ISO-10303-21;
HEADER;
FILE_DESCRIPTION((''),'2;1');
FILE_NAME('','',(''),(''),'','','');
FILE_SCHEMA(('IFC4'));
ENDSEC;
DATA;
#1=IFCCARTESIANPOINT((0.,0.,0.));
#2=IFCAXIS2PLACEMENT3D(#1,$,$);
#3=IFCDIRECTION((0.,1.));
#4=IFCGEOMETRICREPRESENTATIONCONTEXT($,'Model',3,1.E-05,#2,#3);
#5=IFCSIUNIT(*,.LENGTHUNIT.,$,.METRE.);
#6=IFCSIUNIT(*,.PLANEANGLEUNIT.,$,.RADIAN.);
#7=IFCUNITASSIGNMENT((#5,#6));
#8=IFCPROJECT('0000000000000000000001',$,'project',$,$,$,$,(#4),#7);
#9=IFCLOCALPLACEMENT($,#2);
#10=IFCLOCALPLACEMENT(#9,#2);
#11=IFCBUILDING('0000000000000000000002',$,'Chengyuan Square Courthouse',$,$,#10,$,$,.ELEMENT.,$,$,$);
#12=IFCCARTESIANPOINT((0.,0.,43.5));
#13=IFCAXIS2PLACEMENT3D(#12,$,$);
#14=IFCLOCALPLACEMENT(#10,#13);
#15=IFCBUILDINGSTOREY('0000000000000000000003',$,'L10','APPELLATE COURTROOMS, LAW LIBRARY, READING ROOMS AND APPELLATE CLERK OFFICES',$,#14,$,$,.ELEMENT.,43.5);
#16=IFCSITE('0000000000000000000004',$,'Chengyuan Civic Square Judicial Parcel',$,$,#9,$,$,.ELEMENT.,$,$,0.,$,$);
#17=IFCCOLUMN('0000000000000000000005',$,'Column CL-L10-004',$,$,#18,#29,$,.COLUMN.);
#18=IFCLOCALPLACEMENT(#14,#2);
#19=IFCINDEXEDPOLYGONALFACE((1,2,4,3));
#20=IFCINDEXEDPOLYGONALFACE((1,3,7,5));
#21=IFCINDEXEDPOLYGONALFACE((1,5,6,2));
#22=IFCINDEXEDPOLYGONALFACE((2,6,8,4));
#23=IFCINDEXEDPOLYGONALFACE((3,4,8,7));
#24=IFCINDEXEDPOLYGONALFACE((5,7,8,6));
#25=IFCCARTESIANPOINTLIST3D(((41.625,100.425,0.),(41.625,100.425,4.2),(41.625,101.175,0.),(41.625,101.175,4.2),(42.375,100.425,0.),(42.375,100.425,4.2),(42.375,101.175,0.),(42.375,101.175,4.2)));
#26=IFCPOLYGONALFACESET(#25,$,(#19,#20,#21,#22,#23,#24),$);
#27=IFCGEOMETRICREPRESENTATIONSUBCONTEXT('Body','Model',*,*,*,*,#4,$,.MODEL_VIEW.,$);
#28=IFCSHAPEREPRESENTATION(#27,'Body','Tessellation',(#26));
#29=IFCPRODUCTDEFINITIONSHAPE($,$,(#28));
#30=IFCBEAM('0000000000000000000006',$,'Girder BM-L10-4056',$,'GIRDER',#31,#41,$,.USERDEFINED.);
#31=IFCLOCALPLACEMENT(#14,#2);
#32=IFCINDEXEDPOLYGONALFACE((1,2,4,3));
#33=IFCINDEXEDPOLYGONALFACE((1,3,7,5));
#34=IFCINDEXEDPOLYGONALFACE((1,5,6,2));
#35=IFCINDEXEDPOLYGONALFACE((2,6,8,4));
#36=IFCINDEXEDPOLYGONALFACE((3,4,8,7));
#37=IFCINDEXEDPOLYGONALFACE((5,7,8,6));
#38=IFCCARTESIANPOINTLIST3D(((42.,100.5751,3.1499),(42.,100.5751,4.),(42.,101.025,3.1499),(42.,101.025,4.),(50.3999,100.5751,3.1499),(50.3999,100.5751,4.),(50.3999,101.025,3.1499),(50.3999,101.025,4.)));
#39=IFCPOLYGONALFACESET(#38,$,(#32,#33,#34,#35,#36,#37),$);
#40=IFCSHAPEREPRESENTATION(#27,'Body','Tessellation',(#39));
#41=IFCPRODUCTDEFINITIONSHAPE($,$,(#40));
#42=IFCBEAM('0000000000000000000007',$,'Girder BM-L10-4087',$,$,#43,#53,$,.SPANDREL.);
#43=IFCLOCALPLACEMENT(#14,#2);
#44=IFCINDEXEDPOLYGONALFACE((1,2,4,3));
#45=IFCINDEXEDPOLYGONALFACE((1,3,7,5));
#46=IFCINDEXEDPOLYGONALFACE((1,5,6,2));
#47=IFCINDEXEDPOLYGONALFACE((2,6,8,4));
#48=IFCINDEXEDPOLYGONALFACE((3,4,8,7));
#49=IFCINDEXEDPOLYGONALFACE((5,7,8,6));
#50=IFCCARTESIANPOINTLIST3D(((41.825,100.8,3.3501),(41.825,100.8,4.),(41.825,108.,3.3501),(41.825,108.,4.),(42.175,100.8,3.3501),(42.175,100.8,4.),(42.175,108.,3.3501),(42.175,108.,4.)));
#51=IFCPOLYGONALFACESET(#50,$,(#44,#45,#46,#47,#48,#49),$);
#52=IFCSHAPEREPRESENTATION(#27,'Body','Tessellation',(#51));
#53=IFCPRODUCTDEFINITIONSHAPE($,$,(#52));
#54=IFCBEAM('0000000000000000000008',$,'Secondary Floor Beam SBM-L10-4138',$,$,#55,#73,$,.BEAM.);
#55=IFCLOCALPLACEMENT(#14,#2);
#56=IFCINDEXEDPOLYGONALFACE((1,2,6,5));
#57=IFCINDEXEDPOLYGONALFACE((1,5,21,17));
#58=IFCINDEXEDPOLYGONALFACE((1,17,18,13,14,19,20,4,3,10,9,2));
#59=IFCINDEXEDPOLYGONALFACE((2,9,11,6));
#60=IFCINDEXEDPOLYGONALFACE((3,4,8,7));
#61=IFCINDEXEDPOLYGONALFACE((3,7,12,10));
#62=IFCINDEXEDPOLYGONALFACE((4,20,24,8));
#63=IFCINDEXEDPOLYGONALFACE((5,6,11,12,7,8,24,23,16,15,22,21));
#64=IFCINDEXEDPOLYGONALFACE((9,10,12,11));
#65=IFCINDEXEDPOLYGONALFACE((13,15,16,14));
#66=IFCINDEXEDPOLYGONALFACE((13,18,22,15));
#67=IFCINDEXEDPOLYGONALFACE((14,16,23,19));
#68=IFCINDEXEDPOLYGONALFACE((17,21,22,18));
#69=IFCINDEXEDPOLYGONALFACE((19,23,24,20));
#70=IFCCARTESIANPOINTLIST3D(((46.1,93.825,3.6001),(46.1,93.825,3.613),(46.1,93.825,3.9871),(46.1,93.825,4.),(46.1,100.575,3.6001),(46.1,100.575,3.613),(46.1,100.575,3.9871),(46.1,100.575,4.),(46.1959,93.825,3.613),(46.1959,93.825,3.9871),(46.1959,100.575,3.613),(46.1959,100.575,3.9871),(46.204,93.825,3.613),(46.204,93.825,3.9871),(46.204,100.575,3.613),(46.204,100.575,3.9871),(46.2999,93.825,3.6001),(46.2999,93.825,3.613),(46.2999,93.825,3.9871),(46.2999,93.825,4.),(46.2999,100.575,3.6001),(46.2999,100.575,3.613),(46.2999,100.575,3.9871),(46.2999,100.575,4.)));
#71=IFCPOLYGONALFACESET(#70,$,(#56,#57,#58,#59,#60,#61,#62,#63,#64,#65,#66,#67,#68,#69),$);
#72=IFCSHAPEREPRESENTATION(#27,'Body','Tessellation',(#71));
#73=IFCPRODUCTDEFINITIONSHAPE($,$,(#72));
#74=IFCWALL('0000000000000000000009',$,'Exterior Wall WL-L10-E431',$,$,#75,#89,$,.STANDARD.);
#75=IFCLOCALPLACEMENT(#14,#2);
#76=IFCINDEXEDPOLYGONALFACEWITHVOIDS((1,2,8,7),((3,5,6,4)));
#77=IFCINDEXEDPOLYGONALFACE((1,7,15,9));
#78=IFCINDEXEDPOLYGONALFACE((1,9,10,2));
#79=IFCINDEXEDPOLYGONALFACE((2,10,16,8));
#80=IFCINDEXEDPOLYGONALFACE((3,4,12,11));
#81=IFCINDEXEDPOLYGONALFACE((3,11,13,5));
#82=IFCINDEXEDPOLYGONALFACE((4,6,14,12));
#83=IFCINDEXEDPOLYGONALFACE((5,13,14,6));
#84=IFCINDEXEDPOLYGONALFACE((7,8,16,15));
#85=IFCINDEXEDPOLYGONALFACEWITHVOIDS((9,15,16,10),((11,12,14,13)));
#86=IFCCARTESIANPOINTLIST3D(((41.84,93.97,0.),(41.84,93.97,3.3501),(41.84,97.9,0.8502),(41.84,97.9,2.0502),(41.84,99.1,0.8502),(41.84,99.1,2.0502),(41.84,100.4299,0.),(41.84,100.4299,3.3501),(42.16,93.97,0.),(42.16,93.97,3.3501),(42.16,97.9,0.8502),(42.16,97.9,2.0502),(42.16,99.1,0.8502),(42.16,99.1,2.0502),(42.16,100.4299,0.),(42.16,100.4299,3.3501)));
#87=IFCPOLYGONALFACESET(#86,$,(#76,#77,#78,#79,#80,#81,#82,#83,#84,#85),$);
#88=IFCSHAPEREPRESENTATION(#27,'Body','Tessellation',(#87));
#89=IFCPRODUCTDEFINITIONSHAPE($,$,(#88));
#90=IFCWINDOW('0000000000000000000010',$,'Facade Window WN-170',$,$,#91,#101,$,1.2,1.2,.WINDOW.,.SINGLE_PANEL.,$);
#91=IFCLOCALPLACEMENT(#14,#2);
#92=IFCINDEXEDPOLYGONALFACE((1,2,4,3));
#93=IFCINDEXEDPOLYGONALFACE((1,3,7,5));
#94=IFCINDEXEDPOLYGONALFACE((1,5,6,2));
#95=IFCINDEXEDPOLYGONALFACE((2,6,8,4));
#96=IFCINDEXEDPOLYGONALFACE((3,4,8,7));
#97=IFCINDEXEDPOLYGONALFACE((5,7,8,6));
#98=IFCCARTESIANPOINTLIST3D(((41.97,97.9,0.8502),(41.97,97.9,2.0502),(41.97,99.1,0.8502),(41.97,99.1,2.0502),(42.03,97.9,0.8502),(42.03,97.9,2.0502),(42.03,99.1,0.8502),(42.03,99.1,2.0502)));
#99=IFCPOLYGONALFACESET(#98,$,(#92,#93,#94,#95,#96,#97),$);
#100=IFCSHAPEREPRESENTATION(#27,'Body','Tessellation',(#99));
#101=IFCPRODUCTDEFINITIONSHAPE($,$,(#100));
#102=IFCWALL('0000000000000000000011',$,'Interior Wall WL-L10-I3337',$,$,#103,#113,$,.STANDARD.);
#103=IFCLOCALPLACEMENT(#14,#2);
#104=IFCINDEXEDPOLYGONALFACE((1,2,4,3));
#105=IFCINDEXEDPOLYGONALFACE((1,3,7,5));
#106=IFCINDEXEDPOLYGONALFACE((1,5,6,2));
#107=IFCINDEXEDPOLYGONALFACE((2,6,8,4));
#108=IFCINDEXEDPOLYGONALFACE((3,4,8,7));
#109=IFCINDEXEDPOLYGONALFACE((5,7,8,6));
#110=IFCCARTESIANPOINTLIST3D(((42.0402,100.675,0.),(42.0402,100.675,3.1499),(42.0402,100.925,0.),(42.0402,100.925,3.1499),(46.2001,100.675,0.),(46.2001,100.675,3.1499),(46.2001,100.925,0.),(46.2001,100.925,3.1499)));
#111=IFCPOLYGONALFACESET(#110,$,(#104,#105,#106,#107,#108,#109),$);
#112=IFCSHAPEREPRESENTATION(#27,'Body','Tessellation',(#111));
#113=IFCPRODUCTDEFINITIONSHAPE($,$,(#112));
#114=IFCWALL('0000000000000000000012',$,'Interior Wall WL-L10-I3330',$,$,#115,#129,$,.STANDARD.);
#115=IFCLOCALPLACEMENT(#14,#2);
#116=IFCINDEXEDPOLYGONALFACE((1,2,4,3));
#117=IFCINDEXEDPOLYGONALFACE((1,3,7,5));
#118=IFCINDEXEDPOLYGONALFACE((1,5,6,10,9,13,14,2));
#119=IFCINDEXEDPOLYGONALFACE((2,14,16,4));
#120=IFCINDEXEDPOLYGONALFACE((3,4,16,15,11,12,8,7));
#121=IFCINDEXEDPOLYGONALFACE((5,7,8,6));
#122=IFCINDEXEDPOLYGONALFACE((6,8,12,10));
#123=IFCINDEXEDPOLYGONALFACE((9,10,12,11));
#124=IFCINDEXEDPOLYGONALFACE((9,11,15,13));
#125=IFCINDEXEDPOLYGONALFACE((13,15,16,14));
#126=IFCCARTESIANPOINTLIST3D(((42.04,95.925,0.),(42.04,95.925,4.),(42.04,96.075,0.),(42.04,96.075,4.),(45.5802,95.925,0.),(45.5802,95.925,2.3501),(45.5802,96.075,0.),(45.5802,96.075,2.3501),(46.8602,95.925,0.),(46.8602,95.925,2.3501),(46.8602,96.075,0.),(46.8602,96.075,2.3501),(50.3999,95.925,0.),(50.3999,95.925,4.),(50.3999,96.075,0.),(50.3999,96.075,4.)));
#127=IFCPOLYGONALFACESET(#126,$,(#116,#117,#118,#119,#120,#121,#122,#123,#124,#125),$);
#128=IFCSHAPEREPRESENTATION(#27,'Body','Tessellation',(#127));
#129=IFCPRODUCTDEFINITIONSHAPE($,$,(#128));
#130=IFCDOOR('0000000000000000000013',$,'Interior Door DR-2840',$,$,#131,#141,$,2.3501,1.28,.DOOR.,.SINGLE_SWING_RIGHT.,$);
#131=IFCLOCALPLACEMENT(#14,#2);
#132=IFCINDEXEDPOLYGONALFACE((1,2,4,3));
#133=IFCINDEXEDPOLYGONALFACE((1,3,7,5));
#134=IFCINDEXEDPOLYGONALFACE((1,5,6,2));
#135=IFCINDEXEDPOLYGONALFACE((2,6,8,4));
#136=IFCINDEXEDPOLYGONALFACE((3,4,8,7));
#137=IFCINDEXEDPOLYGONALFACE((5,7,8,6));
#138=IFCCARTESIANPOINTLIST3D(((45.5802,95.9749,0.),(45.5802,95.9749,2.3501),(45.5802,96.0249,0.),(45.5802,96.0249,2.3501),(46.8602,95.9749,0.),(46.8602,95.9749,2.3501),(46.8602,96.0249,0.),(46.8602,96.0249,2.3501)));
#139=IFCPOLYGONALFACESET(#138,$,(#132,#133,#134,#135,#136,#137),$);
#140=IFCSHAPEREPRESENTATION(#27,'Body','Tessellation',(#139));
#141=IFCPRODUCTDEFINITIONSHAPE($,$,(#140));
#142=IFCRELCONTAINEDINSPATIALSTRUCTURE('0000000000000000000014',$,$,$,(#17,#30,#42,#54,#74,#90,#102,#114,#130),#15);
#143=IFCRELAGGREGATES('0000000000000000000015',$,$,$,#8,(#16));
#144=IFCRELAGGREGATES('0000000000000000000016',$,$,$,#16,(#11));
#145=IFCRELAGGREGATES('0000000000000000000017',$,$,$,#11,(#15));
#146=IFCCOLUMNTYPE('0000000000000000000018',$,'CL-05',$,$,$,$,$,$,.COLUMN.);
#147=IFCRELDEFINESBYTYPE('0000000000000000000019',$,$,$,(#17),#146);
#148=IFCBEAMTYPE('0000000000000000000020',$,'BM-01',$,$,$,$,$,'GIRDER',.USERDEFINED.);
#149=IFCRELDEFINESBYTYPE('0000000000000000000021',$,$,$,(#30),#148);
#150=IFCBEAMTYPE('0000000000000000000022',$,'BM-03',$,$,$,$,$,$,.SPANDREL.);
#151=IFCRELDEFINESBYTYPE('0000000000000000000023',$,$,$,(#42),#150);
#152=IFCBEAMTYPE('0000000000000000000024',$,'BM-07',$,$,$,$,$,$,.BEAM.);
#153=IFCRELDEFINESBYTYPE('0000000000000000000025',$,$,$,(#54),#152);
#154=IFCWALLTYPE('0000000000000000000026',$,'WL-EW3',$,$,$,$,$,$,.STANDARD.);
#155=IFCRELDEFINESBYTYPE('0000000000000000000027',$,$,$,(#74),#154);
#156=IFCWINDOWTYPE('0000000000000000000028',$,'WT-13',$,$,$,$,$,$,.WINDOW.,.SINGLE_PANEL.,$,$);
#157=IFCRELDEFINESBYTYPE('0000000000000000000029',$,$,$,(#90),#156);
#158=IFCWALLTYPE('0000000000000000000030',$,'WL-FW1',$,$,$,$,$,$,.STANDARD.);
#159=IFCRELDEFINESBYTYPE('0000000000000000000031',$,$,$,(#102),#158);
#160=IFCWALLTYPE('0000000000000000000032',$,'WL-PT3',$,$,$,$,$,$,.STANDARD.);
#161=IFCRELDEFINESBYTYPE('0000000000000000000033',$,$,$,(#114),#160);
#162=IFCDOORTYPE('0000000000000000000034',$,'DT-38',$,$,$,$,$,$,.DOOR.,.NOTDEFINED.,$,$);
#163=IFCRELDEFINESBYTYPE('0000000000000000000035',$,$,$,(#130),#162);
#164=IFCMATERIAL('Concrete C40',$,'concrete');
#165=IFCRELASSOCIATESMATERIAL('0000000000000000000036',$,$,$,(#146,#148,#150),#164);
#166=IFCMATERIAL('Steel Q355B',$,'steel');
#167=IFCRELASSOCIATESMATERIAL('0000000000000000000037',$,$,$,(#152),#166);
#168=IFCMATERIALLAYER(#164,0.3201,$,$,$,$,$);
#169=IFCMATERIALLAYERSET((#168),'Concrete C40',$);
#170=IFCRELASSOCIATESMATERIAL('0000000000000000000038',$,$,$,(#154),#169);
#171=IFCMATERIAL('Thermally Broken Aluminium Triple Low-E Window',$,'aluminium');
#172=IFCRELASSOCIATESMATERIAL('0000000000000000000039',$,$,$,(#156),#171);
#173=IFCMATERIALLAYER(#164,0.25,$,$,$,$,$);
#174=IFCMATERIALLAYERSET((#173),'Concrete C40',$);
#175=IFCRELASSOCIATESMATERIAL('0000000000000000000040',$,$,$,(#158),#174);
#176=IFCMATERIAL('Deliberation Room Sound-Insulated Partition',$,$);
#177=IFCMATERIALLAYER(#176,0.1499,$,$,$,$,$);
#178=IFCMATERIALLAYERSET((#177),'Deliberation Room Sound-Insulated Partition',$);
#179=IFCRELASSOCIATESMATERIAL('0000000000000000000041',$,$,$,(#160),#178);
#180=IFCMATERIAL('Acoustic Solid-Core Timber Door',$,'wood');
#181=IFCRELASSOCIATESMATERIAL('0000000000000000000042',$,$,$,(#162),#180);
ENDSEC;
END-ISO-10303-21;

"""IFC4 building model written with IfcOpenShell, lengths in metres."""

from ifc_helpers import new_model, si_unit, direction, frame, frame_2d, origin, origin_2d, place, context, subcontext, project, spatial, rectangle, i_section, extrude, material, layer, layer_set, material_profile, profile_set, type_object, element, fill, save


model = new_model("IFC4")

# Units and contexts
model_context = context("Model", 3, precision=1e-05, world=origin(), true_north=direction((0.0, 1.0)))
body_context = subcontext(model_context, "Body", "Model", "MODEL_VIEW")
ifc_project = project(units=[si_unit("LENGTHUNIT", "METRE"), si_unit("PLANEANGLEUNIT", "RADIAN")], contexts=[model_context])

# Site, building, storey
site_placement = place(None, origin())
site = spatial("IfcSite", under=ifc_project, at=site_placement, Name="Chengyuan Civic Square Judicial Parcel", CompositionType="ELEMENT", RefElevation=0.0)
building_placement = place(site_placement, origin())
building = spatial("IfcBuilding", under=site, at=building_placement, Name="Chengyuan Square Courthouse", CompositionType="ELEMENT")
storey_placement = place(building_placement, frame((0.0, 0.0, 43.5)))
storey = spatial("IfcBuildingStorey", under=building, at=storey_placement, Name="L10", Description="APPELLATE COURTROOMS, LAW LIBRARY, READING ROOMS AND APPELLATE CLERK OFFICES", CompositionType="ELEMENT", Elevation=43.5)

# Column
ifc_material_1 = material(Name="Concrete C40", Category="concrete")
ifc_material_profile_1 = material_profile(ifc_material_1, rectangle(XDim=0.75, YDim=0.75, at=origin_2d()), Name="RC-COL-750x750")
ifc_profile_set_1 = profile_set([ifc_material_profile_1], Name="Concrete C40")
column_type = type_object("IfcColumnType", Name="CL-05", PredefinedType="COLUMN", material=ifc_profile_set_1)
column_placement = place(storey_placement, frame((42.0, 100.8, 0.0), z_axis=(0.0, 0.0, 1.0), x_axis=(1.0, 0.0, 0.0)))
element("IfcColumn", 1, at=column_placement, inside=storey, type_object=column_type, Name="Column CL-L10-004", PredefinedType="COLUMN", context=body_context, shape_type="SweptSolid", body=[
    extrude(rectangle(XDim=0.75, YDim=0.75, at=origin_2d()), origin(), (0.0, 0.0, 1.0), 4.2),
])

# Beams
ifc_material_profile_2 = material_profile(ifc_material_1, rectangle(XDim=0.45, YDim=0.8501, at=origin_2d()), Name="RC-BM-450x850")
ifc_profile_set_2 = profile_set([ifc_material_profile_2], Name="Concrete C40")
beam_type_1 = type_object("IfcBeamType", Name="BM-01", ElementType="GIRDER", PredefinedType="USERDEFINED", material=ifc_profile_set_2)
beam_1_placement = place(storey_placement, frame((42.0, 100.8, 3.575), z_axis=(1.0, 0.0, 0.0), x_axis=(0.0, 1.0, 0.0)))
element("IfcBeam", 2, at=beam_1_placement, inside=storey, type_object=beam_type_1, Name="Girder BM-L10-4056", ObjectType="GIRDER", PredefinedType="USERDEFINED", context=body_context, shape_type="SweptSolid", body=[
    extrude(rectangle(XDim=0.45, YDim=0.8501, at=origin_2d()), origin(), (0.0, 0.0, 1.0), 8.3999),
])
ifc_material_profile_3 = material_profile(ifc_material_1, rectangle(XDim=0.3501, YDim=0.6499, at=origin_2d()), Name="RC-BM-350x650")
ifc_profile_set_3 = profile_set([ifc_material_profile_3], Name="Concrete C40")
beam_type_2 = type_object("IfcBeamType", Name="BM-03", PredefinedType="SPANDREL", material=ifc_profile_set_3)
beam_2_placement = place(storey_placement, frame((42.0, 100.8, 3.675), z_axis=(0.0, 1.0, 0.0), x_axis=(-1.0, 0.0, 0.0)))
element("IfcBeam", 3, at=beam_2_placement, inside=storey, type_object=beam_type_2, Name="Girder BM-L10-4087", PredefinedType="SPANDREL", context=body_context, shape_type="SweptSolid", body=[
    extrude(rectangle(XDim=0.3501, YDim=0.6499, at=origin_2d()), origin(), (0.0, 0.0, 1.0), 7.2),
])
ifc_material_2 = material(Name="Steel Q355B", Category="steel")
ifc_material_profile_4 = material_profile(ifc_material_2, i_section(OverallWidth=0.2, OverallDepth=0.3999, WebThickness=0.0081, FlangeThickness=0.0129, at=origin_2d()), Name="HN 400x200x8x13")
ifc_profile_set_4 = profile_set([ifc_material_profile_4], Name="Steel Q355B")
beam_type_3 = type_object("IfcBeamType", Name="BM-07", PredefinedType="BEAM", material=ifc_profile_set_4)
beam_3_placement = place(storey_placement, frame((46.2, 93.825, 3.8), z_axis=(0.0, 1.0, 0.0), x_axis=(-1.0, 0.0, 0.0)))
element("IfcBeam", 4, at=beam_3_placement, inside=storey, type_object=beam_type_3, Name="Secondary Floor Beam SBM-L10-4138", PredefinedType="BEAM", context=body_context, shape_type="SweptSolid", body=[
    extrude(i_section(OverallWidth=0.2, OverallDepth=0.3999, WebThickness=0.0081, FlangeThickness=0.0129, at=origin_2d()), origin(), (0.0, 0.0, 1.0), 6.75),
])

# Wall, opening, window
ifc_layer_1 = layer(ifc_material_1, 0.3201)
ifc_layer_set_1 = layer_set([ifc_layer_1], Name="Concrete C40")
wall_type_1 = type_object("IfcWallType", Name="WL-EW3", PredefinedType="STANDARD", material=ifc_layer_set_1)
wall_1_placement = place(storey_placement, frame((42.0, 93.97, 0.0), z_axis=(0.0, 0.0, 1.0), x_axis=(0.0, 1.0, 0.0)))
wall_1 = element("IfcWall", 5, at=wall_1_placement, inside=storey, type_object=wall_type_1, Name="Exterior Wall WL-L10-E431", PredefinedType="STANDARD", context=body_context, shape_type="SweptSolid", body=[
    extrude(rectangle(XDim=6.46, YDim=0.3201, at=frame_2d((3.23, 0.0))), origin(), (0.0, 0.0, 1.0), 3.3501),
])
opening_1_placement = place(wall_1_placement, frame((3.9299, 0.0, 0.8501)))
opening_1 = element("IfcOpeningElement", 6, at=opening_1_placement, cuts=wall_1, PredefinedType="OPENING", context=body_context, shape_type="SweptSolid", body=[
    extrude(rectangle(XDim=1.2, YDim=1.2, at=frame_2d((0.6001, 0.6001))), frame((0.0, 0.1721, 0.0), z_axis=(0.0, -1.0, 0.0), x_axis=(1.0, 0.0, 0.0)), (0.0, 0.0, 1.0), 0.344),
])
ifc_material_3 = material(Name="Thermally Broken Aluminium Triple Low-E Window", Category="aluminium")
window_type = type_object("IfcWindowType", Name="WT-13", PartitioningType="SINGLE_PANEL", PredefinedType="WINDOW", material=ifc_material_3)
window_placement = place(opening_1_placement, origin())
window = element("IfcWindow", 7, at=window_placement, inside=storey, type_object=window_type, Name="Facade Window WN-170", OverallHeight=1.2, OverallWidth=1.2, PartitioningType="SINGLE_PANEL", PredefinedType="WINDOW", context=body_context, shape_type="SweptSolid", body=[
    extrude(rectangle(XDim=1.2, YDim=1.2, at=frame_2d((0.6001, 0.6001))), frame((0.0, 0.03, 0.0), z_axis=(0.0, -1.0, 0.0), x_axis=(1.0, 0.0, 0.0)), (0.0, 0.0, 1.0), 0.0601),
])
fill(opening_1, window)

# Wall
ifc_layer_2 = layer(ifc_material_1, 0.25)
ifc_layer_set_2 = layer_set([ifc_layer_2], Name="Concrete C40")
wall_type_2 = type_object("IfcWallType", Name="WL-FW1", PredefinedType="STANDARD", material=ifc_layer_set_2)
wall_2_placement = place(storey_placement, frame((42.04, 100.8, 0.0), z_axis=(0.0, 0.0, 1.0), x_axis=(1.0, 0.0, 0.0)))
element("IfcWall", 8, at=wall_2_placement, inside=storey, type_object=wall_type_2, Name="Interior Wall WL-L10-I3337", PredefinedType="STANDARD", context=body_context, shape_type="SweptSolid", body=[
    extrude(rectangle(XDim=4.1599, YDim=0.25, at=frame_2d((2.0801, 0.0))), origin(), (0.0, 0.0, 1.0), 3.1499),
])

# Wall, opening, door
ifc_material_4 = material(Name="Deliberation Room Sound-Insulated Partition")
ifc_layer_3 = layer(ifc_material_4, 0.1499)
ifc_layer_set_3 = layer_set([ifc_layer_3], Name="Deliberation Room Sound-Insulated Partition")
wall_type_3 = type_object("IfcWallType", Name="WL-PT3", PredefinedType="STANDARD", material=ifc_layer_set_3)
wall_3_placement = place(storey_placement, frame((42.04, 96.0, 0.0), z_axis=(0.0, 0.0, 1.0), x_axis=(1.0, 0.0, 0.0)))
wall_3 = element("IfcWall", 9, at=wall_3_placement, inside=storey, type_object=wall_type_3, Name="Interior Wall WL-L10-I3330", PredefinedType="STANDARD", context=body_context, shape_type="SweptSolid", body=[
    extrude(rectangle(XDim=8.3599, YDim=0.1499, at=frame_2d((4.1799, 0.0))), origin(), (0.0, 0.0, 1.0), 4.0),
])
opening_2_placement = place(wall_3_placement, frame((3.54, 0.0, 0.0)))
opening_2 = element("IfcOpeningElement", 10, at=opening_2_placement, cuts=wall_3, PredefinedType="OPENING", context=body_context, shape_type="SweptSolid", body=[
    extrude(rectangle(XDim=1.28, YDim=2.3501, at=frame_2d((0.6401, 1.175))), frame((0.0, 0.0869, 0.0), z_axis=(0.0, -1.0, 0.0), x_axis=(1.0, 0.0, 0.0)), (0.0, 0.0, 1.0), 0.1738),
])
ifc_material_5 = material(Name="Acoustic Solid-Core Timber Door", Category="wood")
door_type_1 = type_object("IfcDoorType", Name="DT-38", OperationType="NOTDEFINED", PredefinedType="DOOR", material=ifc_material_5)
door_1_placement = place(opening_2_placement, origin())
door_1 = element("IfcDoor", 11, at=door_1_placement, inside=storey, type_object=door_type_1, Name="Interior Door DR-2840", OperationType="SINGLE_SWING_RIGHT", OverallHeight=2.3501, OverallWidth=1.28, PredefinedType="DOOR", context=body_context, shape_type="SweptSolid", body=[
    extrude(rectangle(XDim=1.28, YDim=2.3501, at=frame_2d((0.6401, 1.175))), frame((0.0, 0.0249, 0.0), z_axis=(0.0, -1.0, 0.0), x_axis=(1.0, 0.0, 0.0)), (0.0, 0.0, 1.0), 0.05),
])
fill(opening_2, door_1)

save(model, "model.ifc")
